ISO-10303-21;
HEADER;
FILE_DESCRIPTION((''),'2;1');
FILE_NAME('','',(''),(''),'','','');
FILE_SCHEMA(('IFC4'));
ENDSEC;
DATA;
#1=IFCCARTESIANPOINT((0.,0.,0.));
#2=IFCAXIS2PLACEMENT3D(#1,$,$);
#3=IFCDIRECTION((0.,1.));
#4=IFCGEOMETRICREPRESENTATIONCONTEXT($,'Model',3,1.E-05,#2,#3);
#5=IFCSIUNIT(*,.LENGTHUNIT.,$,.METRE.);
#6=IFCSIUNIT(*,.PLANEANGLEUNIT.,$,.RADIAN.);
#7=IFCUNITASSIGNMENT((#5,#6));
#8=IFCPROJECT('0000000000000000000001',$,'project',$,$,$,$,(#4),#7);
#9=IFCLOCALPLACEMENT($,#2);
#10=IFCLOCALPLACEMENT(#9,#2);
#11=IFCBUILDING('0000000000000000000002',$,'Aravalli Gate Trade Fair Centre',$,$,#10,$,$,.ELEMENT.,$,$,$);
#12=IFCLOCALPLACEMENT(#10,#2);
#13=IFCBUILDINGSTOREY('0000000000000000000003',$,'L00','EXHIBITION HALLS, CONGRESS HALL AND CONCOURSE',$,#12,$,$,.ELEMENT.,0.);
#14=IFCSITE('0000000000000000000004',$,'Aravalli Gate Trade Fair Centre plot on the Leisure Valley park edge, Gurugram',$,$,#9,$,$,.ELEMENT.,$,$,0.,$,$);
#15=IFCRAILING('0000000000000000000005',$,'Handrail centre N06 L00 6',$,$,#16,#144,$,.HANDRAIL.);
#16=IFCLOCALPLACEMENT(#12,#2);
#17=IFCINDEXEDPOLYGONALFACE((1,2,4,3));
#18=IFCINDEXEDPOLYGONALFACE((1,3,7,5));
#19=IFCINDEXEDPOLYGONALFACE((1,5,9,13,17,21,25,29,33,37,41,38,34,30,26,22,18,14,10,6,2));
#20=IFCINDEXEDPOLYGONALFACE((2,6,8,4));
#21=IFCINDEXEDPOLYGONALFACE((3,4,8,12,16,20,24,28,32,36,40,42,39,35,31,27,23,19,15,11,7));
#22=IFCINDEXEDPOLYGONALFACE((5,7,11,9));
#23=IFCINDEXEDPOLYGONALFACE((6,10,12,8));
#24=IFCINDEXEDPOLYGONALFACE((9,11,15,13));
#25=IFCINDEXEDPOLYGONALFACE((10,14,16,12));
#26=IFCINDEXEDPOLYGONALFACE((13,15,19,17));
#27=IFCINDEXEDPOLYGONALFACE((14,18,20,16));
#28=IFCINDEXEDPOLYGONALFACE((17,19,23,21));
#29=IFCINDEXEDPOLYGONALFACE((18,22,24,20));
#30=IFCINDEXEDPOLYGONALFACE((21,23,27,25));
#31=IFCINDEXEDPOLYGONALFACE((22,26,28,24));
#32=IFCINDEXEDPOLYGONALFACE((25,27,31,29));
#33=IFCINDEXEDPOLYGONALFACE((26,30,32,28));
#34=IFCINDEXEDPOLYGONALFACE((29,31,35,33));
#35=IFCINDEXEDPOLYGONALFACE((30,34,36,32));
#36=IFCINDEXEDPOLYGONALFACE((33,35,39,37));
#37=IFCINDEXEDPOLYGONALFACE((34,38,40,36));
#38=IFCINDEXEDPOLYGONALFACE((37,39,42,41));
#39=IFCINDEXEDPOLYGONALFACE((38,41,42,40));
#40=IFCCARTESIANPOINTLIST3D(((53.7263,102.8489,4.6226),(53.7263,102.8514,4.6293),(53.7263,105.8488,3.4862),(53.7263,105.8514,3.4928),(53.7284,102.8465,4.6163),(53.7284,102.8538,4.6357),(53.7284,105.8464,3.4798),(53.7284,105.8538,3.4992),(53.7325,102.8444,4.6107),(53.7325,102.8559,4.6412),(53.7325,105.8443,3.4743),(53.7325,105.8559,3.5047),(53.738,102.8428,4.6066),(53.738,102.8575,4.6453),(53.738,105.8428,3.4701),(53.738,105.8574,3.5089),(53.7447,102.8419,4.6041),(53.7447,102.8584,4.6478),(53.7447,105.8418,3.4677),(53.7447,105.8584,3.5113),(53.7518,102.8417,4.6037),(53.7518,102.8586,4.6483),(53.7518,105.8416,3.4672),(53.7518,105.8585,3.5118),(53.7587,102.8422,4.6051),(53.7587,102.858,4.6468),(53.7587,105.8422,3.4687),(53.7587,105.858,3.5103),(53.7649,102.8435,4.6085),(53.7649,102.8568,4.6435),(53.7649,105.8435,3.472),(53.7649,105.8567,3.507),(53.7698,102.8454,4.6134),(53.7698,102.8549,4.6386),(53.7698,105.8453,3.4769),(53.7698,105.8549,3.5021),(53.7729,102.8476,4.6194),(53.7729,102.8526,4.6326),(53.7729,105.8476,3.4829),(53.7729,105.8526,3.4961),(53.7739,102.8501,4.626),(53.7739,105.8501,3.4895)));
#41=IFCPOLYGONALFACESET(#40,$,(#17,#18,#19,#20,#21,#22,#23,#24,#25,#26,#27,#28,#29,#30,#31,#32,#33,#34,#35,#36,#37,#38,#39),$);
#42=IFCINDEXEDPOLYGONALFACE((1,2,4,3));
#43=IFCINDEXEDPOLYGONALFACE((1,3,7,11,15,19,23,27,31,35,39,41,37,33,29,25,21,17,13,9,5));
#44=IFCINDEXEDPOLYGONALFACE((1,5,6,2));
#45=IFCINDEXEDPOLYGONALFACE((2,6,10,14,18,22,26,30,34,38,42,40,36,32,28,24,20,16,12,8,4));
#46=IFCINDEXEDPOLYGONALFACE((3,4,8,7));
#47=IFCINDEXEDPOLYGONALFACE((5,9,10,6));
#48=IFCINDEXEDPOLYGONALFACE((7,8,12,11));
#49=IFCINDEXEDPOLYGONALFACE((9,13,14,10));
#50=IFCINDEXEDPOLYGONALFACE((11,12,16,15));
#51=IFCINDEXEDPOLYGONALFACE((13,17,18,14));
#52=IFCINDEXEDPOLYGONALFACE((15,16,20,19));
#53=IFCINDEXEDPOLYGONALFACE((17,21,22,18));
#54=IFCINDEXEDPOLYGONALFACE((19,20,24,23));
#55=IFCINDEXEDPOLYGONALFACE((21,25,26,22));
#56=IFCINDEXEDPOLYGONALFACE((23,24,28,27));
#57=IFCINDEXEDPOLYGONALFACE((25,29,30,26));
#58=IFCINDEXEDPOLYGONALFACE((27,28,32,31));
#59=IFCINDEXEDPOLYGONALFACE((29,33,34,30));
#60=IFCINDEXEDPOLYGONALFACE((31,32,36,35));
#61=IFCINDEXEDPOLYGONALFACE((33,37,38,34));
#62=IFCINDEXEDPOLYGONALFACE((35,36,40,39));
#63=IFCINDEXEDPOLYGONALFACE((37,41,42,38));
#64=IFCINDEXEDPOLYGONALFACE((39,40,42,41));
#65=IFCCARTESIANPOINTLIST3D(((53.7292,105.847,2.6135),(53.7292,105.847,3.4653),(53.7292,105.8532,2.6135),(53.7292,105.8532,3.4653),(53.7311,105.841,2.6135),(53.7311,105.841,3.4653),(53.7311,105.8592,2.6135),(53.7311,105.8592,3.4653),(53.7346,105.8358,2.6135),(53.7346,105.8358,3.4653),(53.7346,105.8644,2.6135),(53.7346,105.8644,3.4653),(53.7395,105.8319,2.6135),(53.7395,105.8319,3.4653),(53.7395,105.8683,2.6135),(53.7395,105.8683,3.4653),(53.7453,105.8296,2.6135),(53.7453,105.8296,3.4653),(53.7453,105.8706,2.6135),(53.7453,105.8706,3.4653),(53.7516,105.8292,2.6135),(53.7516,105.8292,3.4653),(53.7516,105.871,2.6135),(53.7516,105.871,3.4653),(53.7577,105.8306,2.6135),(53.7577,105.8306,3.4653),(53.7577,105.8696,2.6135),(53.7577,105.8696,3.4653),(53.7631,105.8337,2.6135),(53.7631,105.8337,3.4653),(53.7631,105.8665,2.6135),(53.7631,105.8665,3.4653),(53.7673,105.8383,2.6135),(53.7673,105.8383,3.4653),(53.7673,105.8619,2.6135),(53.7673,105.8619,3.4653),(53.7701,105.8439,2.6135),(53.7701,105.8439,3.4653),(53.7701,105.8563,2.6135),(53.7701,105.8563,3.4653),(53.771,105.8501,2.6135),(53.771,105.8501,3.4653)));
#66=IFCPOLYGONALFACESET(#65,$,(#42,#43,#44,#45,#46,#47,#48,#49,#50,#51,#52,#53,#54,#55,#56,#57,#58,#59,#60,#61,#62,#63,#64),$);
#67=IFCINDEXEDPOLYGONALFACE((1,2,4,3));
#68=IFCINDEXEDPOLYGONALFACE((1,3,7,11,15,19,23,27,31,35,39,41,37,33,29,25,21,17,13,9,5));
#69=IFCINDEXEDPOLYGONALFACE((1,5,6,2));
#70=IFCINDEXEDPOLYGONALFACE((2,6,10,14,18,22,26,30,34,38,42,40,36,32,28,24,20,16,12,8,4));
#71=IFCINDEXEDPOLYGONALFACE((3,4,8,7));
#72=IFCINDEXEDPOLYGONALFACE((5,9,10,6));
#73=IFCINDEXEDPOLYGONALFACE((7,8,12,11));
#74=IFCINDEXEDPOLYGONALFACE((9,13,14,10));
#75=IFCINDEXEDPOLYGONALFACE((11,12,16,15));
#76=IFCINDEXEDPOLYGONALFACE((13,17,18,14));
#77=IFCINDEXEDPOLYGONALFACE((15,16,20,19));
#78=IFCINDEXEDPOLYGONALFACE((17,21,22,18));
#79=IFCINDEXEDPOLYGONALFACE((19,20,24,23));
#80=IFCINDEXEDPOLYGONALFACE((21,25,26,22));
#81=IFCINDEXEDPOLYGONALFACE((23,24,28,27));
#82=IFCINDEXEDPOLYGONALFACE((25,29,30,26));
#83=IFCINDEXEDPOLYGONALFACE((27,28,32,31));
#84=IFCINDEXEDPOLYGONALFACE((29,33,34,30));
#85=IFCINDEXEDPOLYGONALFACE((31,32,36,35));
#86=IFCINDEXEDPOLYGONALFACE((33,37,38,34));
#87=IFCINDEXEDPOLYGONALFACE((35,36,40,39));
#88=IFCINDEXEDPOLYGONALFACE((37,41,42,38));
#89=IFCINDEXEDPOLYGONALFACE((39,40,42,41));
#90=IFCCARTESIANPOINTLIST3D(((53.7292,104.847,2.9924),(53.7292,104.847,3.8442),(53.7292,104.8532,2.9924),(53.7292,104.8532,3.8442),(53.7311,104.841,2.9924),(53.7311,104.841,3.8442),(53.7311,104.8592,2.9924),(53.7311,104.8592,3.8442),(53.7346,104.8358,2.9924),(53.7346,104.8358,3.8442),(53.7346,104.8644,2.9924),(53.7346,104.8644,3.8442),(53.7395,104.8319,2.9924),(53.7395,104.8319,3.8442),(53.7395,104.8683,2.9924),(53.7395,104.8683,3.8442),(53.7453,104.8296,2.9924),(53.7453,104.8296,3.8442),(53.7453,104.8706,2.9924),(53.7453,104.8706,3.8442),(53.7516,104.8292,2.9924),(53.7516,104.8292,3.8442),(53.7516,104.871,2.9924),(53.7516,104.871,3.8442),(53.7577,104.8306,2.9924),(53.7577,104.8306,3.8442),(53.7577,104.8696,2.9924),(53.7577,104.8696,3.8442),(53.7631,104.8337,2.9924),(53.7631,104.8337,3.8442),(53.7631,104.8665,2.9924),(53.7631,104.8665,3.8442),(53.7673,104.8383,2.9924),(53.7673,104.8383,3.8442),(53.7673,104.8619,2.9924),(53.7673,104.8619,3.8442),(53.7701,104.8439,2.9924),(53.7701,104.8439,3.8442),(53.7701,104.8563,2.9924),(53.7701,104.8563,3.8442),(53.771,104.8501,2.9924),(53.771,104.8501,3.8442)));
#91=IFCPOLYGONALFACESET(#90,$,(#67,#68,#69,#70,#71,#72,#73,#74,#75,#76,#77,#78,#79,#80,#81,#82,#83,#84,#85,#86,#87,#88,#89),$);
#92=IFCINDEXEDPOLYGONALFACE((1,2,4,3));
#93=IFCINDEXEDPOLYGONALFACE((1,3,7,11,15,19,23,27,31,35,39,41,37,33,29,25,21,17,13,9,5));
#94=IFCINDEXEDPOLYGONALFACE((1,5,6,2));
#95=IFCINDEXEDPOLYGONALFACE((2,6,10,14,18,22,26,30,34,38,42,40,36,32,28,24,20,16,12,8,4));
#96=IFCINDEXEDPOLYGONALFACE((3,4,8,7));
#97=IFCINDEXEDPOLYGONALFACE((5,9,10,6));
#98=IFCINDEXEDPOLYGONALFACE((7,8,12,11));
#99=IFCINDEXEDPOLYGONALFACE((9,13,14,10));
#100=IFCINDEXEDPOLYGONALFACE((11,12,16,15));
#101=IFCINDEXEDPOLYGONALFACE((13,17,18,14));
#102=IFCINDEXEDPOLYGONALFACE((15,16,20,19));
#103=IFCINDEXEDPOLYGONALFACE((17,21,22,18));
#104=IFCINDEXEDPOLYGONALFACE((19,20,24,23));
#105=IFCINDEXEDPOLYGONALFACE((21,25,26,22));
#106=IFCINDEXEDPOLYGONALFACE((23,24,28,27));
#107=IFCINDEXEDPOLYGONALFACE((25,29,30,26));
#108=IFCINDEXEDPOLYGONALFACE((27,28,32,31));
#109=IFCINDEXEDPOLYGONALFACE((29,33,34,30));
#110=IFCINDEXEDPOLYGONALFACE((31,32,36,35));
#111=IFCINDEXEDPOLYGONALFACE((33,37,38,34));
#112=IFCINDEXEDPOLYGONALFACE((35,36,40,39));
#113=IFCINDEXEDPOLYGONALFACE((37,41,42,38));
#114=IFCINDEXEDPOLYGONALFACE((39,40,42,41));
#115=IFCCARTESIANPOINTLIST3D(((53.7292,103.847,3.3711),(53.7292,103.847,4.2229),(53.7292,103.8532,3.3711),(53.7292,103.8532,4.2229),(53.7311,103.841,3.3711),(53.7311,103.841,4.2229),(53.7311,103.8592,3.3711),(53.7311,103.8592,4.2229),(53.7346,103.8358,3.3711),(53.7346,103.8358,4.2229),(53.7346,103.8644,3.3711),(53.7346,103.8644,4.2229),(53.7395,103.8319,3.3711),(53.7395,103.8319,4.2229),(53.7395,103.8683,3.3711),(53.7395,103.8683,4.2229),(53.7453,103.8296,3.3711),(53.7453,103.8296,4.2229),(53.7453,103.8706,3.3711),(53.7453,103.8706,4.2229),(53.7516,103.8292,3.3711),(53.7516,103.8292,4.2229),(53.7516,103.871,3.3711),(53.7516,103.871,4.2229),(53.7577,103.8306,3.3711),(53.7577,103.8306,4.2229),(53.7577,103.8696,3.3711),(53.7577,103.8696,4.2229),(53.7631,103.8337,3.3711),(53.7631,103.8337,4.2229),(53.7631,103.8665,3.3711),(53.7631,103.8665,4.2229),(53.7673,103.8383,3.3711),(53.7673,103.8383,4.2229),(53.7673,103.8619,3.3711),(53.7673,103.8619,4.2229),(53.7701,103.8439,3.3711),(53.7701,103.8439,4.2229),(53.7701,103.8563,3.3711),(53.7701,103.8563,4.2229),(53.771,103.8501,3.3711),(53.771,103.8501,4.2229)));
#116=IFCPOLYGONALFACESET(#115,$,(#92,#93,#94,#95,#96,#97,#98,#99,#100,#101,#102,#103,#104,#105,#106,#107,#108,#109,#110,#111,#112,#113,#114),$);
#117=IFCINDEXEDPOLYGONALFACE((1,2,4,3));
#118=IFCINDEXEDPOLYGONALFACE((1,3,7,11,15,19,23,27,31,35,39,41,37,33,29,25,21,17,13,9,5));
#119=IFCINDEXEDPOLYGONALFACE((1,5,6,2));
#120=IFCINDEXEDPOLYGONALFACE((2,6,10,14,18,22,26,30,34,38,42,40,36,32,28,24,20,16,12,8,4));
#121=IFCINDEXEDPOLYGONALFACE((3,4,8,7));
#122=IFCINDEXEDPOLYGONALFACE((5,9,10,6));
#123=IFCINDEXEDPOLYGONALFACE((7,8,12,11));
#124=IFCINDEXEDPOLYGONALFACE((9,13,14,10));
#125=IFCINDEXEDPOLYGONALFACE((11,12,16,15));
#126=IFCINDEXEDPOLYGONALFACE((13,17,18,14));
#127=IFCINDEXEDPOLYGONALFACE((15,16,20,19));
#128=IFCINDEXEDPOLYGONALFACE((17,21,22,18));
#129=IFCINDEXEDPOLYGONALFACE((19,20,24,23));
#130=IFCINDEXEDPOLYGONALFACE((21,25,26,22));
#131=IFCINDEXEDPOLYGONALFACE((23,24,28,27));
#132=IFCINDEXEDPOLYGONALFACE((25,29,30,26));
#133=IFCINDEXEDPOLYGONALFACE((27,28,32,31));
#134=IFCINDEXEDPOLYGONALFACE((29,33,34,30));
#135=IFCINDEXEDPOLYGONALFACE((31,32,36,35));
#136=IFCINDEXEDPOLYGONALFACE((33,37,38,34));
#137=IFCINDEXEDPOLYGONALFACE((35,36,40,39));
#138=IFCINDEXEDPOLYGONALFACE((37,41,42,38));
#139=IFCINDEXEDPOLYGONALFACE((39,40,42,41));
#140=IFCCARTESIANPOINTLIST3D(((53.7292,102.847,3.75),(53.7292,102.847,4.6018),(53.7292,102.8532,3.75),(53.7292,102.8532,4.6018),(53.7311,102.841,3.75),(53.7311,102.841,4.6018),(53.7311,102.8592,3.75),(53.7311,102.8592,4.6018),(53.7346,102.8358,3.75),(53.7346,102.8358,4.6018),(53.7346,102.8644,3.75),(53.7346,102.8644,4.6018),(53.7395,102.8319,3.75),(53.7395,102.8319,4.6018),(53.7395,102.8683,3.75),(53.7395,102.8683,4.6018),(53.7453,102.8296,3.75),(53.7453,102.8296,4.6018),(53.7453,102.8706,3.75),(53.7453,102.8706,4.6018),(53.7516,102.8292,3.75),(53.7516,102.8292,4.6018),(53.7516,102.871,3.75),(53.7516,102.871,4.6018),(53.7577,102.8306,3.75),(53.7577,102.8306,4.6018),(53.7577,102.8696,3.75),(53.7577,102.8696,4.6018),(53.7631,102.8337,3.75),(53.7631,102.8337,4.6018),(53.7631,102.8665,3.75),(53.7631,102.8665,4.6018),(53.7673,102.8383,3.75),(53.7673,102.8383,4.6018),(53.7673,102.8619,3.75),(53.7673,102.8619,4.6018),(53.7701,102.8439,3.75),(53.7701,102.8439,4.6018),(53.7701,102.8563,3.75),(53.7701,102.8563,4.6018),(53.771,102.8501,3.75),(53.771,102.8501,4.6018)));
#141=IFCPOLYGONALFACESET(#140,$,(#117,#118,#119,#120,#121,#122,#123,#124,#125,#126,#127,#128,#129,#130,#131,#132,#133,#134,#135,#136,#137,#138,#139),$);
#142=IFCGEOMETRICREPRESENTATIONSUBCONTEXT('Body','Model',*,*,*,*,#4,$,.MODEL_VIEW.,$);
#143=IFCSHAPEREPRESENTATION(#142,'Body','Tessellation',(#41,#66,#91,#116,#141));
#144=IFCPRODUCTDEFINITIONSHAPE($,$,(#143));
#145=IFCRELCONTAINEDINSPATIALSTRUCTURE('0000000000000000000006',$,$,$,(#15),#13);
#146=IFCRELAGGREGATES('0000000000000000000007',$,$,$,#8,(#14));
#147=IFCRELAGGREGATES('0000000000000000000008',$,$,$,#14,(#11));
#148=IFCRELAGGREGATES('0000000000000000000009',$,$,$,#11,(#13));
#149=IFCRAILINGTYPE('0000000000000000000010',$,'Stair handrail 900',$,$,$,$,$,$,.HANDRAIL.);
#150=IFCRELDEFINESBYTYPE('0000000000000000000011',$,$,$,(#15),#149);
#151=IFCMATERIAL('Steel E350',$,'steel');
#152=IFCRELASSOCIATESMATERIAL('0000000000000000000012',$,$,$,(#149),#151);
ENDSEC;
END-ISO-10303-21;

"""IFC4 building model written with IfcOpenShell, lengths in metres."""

from ifc_helpers import new_model, si_unit, direction, frame, origin, origin_2d, place, context, subcontext, project, spatial, circle, extrude, material, type_object, element, save


model = new_model("IFC4")

# Units and contexts
model_context = context("Model", 3, precision=1e-05, world=origin(), true_north=direction((0.0, 1.0)))
body_context = subcontext(model_context, "Body", "Model", "MODEL_VIEW")
ifc_project = project(units=[si_unit("LENGTHUNIT", "METRE"), si_unit("PLANEANGLEUNIT", "RADIAN")], contexts=[model_context])

# Site, building, storey
site_placement = place(None, origin())
site = spatial("IfcSite", under=ifc_project, at=site_placement, Name="Aravalli Gate Trade Fair Centre plot on the Leisure Valley park edge, Gurugram", CompositionType="ELEMENT", RefElevation=0.0)
building_placement = place(site_placement, origin())
building = spatial("IfcBuilding", under=site, at=building_placement, Name="Aravalli Gate Trade Fair Centre", CompositionType="ELEMENT")
storey_placement = place(building_placement, origin())
storey = spatial("IfcBuildingStorey", under=building, at=storey_placement, Name="L00", Description="EXHIBITION HALLS, CONGRESS HALL AND CONCOURSE", CompositionType="ELEMENT", Elevation=0.0)

# Shared definitions
ifc_material_1 = material(Name="Steel E350", Category="steel")

# Railing
railing_type = type_object("IfcRailingType", Name="Stair handrail 900", PredefinedType="HANDRAIL", material=ifc_material_1)
for number, where, name in (
    (1, (53.75, 105.8501, 2.6135), "Handrail centre N06 L00 6"),
):
    element("IfcRailing", number, at=place(storey_placement, frame(where)), inside=storey, type_object=railing_type, Name=name, PredefinedType="HANDRAIL", context=body_context, shape_type="SweptSolid", body=[
        extrude(circle(Radius=0.0239, at=origin_2d()), frame((0.0, 0.0, 0.876), z_axis=(0.0, -0.935148, 0.354257), x_axis=(1.0, 0.0, 0.0)), (0.0, 0.0, 1.0), 3.208),
        extrude(circle(Radius=0.021, at=origin_2d()), origin(), (0.0, 0.0, 1.0), 0.8518),
        extrude(circle(Radius=0.021, at=origin_2d()), frame((0.0, -1.0, 0.3789)), (0.0, 0.0, 1.0), 0.8518),
        extrude(circle(Radius=0.021, at=origin_2d()), frame((0.0, -2.0, 0.7576)), (0.0, 0.0, 1.0), 0.8518),
        extrude(circle(Radius=0.021, at=origin_2d()), frame((0.0, -3.0, 1.1365)), (0.0, 0.0, 1.0), 0.8518),
    ])

save(model, "model.ifc")
